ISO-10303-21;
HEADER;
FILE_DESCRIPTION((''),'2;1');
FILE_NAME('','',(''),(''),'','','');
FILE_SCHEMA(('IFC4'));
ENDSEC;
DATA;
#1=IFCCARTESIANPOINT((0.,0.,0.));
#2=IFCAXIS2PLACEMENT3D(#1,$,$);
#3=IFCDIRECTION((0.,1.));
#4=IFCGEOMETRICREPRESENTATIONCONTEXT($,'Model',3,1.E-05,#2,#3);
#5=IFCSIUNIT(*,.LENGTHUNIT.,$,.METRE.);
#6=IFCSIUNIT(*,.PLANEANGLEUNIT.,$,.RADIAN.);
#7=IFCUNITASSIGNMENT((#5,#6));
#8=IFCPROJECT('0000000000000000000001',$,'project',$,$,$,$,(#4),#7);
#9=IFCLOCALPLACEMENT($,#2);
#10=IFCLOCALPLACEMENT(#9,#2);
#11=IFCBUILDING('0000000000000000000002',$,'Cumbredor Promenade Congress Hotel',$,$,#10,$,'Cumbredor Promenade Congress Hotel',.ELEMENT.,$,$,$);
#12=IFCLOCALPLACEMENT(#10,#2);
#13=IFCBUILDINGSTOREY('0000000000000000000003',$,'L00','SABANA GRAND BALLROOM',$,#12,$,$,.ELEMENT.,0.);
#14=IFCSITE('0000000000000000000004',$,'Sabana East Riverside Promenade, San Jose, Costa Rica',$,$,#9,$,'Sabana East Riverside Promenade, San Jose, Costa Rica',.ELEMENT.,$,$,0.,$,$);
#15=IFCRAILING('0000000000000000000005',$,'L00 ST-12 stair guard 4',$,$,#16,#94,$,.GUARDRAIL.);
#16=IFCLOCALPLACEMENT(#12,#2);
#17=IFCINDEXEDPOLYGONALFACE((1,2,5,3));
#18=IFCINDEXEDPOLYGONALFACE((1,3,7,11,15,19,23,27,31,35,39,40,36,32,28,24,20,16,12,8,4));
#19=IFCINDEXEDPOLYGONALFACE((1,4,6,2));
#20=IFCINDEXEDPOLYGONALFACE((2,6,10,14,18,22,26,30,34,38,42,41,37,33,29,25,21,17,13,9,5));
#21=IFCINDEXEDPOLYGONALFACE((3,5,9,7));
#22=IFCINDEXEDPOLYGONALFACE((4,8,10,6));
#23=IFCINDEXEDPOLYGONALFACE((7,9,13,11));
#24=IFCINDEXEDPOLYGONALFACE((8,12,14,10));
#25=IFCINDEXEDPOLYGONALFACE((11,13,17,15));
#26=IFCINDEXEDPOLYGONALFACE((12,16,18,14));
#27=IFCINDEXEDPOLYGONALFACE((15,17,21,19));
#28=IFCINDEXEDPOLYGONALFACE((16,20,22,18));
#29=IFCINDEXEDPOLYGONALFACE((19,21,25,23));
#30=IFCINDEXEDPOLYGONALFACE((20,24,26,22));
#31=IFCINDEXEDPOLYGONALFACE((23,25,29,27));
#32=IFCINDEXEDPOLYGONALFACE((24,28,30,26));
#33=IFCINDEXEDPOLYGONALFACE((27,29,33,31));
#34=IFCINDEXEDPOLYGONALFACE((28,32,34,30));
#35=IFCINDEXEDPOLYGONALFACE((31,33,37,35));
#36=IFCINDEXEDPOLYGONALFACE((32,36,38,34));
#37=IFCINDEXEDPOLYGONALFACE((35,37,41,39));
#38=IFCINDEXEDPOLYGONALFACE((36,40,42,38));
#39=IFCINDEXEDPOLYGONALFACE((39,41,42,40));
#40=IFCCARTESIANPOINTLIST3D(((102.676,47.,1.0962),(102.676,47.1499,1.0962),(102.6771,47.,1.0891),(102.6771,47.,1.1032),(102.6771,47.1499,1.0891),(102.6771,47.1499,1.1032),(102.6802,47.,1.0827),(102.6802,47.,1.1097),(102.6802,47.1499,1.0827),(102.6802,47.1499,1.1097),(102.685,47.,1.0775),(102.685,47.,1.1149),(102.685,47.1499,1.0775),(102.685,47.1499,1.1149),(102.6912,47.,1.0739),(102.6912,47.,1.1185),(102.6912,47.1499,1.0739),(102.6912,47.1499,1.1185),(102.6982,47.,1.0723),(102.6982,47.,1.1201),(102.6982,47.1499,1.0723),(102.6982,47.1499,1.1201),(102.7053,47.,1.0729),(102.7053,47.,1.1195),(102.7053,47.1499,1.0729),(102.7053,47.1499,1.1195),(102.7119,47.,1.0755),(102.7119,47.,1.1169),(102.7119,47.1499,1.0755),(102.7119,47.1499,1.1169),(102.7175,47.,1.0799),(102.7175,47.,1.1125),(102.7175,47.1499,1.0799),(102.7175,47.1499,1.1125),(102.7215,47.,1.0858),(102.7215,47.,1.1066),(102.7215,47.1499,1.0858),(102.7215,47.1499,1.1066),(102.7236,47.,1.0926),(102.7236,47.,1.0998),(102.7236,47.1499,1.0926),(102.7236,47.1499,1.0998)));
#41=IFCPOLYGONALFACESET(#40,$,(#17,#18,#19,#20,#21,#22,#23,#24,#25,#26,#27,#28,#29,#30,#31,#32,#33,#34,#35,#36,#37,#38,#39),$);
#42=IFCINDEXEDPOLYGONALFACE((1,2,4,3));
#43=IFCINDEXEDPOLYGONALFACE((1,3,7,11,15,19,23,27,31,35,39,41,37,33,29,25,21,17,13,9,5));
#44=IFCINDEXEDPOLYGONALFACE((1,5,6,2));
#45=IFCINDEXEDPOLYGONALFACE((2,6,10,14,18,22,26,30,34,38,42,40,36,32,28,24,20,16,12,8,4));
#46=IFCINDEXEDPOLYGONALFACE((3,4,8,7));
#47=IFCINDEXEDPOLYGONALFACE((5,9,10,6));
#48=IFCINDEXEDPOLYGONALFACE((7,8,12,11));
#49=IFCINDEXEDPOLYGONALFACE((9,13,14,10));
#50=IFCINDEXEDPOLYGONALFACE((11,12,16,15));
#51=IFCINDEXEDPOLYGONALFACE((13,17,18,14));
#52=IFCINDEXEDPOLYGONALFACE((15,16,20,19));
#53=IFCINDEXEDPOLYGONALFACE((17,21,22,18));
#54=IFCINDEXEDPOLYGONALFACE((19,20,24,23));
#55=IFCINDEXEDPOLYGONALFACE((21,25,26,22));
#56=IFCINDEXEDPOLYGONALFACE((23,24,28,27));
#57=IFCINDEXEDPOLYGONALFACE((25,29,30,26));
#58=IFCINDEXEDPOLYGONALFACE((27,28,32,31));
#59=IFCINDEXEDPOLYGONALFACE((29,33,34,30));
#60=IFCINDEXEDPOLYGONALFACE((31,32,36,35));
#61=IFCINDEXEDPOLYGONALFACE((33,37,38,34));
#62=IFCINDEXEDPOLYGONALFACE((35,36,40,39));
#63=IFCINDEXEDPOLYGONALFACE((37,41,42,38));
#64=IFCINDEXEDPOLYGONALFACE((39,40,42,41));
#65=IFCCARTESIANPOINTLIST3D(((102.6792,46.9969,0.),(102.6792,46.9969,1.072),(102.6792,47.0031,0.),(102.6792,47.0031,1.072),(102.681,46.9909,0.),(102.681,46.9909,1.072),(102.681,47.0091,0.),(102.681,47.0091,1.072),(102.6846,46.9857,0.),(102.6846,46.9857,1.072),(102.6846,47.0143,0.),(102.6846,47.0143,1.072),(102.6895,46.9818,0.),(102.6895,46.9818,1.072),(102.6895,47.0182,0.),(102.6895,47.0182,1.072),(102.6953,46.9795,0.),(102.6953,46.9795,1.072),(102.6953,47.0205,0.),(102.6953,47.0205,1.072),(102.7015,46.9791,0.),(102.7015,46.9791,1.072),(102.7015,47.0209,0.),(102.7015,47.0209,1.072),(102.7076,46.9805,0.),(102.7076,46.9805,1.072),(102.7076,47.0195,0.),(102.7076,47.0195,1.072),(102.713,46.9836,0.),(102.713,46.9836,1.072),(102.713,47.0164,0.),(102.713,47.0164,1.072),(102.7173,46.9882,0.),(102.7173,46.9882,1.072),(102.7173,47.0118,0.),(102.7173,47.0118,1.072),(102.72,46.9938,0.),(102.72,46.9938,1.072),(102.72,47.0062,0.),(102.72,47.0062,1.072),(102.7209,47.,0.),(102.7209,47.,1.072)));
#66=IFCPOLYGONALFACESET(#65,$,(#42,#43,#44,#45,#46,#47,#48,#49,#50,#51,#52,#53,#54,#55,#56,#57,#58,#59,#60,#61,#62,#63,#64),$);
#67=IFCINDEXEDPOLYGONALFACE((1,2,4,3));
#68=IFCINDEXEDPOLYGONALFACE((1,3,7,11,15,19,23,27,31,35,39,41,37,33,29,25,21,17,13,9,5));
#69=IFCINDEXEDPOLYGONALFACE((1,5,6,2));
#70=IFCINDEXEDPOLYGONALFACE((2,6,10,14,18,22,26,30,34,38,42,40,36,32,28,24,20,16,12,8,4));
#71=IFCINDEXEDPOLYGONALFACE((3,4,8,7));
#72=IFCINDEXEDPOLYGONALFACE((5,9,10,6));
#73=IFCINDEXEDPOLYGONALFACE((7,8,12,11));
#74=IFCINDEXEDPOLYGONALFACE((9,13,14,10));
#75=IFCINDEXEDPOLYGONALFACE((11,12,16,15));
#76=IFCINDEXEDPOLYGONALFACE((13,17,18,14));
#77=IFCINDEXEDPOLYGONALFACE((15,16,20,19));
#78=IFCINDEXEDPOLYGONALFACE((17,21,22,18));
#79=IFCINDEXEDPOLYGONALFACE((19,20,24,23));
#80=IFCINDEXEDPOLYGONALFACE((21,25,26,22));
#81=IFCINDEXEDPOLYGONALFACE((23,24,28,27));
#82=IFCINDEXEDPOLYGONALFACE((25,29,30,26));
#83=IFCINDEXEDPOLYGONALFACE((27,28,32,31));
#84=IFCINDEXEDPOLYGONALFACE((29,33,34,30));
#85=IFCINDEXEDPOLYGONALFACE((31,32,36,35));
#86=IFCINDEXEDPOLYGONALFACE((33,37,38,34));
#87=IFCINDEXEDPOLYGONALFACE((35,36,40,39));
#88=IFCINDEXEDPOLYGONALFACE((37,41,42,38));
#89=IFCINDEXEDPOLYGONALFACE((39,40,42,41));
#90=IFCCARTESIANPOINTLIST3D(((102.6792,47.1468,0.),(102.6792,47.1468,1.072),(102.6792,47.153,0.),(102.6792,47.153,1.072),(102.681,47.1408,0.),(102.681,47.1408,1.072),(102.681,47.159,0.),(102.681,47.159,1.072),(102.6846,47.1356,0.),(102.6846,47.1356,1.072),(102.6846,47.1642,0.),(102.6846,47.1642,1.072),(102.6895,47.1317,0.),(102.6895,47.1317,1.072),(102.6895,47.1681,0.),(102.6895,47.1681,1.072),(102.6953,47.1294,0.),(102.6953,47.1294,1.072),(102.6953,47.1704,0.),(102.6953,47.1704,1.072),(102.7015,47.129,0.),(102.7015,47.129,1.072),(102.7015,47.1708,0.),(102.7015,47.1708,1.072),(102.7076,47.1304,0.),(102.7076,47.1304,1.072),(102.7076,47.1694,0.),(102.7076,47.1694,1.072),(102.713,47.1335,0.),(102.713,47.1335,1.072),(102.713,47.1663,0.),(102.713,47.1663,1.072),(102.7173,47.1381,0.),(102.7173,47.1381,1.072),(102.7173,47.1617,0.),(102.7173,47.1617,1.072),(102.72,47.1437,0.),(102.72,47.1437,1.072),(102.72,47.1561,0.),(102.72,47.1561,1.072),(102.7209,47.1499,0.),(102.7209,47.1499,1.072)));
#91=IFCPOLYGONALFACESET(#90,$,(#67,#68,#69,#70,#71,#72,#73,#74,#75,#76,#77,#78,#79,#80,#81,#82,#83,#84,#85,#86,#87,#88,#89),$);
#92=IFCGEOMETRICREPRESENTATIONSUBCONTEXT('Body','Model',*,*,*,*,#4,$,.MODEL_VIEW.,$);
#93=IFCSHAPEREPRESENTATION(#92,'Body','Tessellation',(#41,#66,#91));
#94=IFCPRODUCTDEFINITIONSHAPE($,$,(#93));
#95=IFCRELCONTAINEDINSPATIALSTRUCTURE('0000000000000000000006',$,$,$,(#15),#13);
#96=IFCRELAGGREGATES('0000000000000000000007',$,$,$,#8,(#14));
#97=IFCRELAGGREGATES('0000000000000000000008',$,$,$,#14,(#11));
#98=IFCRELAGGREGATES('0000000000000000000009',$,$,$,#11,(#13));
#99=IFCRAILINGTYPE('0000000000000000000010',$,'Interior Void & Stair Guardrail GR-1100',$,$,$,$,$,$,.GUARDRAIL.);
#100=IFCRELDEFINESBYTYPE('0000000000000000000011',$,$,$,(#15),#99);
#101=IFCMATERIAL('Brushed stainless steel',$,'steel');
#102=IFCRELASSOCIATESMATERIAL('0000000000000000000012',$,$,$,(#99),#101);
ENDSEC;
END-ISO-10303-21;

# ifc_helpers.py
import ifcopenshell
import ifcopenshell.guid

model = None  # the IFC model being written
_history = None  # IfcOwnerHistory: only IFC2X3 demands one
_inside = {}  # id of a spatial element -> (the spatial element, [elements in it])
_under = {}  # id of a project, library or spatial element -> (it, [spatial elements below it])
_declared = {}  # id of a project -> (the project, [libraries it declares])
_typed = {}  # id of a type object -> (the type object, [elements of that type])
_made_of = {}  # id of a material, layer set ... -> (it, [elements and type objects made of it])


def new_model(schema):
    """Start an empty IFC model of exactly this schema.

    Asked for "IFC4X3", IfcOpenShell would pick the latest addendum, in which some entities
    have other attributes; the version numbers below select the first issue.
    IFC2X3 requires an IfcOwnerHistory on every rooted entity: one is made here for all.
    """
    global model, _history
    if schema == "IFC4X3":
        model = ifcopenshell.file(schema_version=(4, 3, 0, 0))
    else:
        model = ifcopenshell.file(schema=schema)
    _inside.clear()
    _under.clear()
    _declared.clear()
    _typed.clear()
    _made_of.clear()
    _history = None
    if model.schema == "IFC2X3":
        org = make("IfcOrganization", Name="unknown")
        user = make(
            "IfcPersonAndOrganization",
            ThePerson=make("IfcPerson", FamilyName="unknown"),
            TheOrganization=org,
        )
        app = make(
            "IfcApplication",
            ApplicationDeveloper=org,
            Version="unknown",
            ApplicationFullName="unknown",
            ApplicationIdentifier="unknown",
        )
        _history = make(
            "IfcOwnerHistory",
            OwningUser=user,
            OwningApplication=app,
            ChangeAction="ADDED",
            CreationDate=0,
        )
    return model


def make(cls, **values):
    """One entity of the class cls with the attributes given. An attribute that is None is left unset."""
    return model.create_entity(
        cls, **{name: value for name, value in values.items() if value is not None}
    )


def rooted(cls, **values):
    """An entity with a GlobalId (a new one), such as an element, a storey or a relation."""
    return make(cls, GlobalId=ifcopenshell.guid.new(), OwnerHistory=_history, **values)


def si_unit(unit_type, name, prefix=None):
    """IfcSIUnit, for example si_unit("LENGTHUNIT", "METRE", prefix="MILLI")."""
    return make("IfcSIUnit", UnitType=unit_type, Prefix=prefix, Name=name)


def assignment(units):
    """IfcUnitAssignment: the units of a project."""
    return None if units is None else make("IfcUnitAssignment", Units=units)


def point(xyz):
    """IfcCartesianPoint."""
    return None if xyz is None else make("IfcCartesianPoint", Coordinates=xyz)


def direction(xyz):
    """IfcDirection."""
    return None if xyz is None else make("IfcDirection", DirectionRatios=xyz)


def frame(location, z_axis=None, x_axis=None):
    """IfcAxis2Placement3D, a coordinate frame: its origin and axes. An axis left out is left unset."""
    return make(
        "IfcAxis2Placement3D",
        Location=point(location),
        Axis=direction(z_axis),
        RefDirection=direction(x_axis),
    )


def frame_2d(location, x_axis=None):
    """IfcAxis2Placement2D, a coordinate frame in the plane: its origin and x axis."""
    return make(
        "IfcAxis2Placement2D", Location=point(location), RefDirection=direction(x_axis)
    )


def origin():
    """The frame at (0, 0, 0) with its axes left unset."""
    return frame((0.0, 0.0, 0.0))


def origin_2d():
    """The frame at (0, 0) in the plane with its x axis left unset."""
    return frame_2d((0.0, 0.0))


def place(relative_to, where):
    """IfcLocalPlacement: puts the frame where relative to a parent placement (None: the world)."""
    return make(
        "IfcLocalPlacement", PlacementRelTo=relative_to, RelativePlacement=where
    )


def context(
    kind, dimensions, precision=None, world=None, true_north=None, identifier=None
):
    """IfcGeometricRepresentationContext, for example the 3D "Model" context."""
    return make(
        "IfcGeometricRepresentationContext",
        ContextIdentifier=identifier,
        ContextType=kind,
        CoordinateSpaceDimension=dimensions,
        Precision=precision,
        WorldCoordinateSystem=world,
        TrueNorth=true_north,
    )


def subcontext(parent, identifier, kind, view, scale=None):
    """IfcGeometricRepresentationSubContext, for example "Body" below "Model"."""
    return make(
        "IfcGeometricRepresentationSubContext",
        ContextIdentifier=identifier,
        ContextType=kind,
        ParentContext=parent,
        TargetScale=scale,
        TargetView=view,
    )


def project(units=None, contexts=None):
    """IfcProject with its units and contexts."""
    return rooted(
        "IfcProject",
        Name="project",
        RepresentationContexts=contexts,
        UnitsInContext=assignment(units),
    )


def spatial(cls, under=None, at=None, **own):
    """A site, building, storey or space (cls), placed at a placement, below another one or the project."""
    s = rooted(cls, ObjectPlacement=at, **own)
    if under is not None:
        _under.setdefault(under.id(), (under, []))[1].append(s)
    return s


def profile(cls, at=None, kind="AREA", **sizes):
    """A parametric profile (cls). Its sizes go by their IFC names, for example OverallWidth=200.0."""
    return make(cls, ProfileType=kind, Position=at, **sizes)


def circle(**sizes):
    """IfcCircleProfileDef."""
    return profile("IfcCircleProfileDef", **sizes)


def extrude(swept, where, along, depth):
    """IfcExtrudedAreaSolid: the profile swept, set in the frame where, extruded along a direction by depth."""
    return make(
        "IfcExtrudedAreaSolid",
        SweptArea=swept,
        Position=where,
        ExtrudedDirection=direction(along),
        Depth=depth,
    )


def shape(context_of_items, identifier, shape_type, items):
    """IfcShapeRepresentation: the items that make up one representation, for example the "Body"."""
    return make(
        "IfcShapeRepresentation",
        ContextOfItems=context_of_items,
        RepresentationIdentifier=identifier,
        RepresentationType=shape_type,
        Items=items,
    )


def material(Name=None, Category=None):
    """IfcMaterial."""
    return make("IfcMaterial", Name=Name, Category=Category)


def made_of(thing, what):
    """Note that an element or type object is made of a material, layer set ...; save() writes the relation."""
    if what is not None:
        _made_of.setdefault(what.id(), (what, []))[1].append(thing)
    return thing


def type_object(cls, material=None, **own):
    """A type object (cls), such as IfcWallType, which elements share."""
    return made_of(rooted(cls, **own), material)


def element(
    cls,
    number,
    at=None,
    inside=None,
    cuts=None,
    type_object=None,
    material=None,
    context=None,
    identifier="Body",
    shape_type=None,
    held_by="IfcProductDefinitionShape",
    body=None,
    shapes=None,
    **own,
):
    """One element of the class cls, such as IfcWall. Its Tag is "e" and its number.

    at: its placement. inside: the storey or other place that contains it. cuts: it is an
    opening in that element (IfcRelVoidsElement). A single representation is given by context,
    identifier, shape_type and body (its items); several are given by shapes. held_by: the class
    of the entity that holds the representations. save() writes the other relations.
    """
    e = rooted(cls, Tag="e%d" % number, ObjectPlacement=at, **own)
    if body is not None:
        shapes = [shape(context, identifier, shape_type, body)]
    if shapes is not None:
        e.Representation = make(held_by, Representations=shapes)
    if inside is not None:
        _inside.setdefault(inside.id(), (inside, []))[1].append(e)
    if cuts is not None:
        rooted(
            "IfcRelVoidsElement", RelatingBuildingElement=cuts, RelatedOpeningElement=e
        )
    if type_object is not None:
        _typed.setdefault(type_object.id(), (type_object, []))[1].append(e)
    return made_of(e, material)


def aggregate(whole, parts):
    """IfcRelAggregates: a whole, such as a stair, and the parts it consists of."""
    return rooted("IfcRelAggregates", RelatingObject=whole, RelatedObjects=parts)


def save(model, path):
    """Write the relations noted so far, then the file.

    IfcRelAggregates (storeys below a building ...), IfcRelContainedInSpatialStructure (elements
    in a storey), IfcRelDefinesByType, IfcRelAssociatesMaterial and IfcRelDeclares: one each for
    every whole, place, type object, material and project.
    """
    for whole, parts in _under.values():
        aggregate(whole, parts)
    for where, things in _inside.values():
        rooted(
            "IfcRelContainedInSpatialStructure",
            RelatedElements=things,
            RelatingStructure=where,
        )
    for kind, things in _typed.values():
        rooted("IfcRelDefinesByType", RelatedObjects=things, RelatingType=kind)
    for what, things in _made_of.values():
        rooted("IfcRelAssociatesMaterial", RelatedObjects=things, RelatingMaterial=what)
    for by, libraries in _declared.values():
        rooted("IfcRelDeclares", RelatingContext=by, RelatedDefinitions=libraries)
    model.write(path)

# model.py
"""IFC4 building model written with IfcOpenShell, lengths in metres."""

from ifc_helpers import new_model, si_unit, direction, frame, origin, origin_2d, place, context, subcontext, project, spatial, circle, extrude, material, type_object, element, save


model = new_model("IFC4")

# Units and contexts
model_context = context("Model", 3, precision=1e-05, world=origin(), true_north=direction((0.0, 1.0)))
body_context = subcontext(model_context, "Body", "Model", "MODEL_VIEW")
ifc_project = project(units=[si_unit("LENGTHUNIT", "METRE"), si_unit("PLANEANGLEUNIT", "RADIAN")], contexts=[model_context])

# Site, building, storey
site_placement = place(None, origin())
site = spatial("IfcSite", under=ifc_project, at=site_placement, Name="Sabana East Riverside Promenade, San Jose, Costa Rica", LongName="Sabana East Riverside Promenade, San Jose, Costa Rica", CompositionType="ELEMENT", RefElevation=0.0)
building_placement = place(site_placement, origin())
building = spatial("IfcBuilding", under=site, at=building_placement, Name="Cumbredor Promenade Congress Hotel", LongName="Cumbredor Promenade Congress Hotel", CompositionType="ELEMENT")
storey_placement = place(building_placement, origin())
storey = spatial("IfcBuildingStorey", under=building, at=storey_placement, Name="L00", Description="SABANA GRAND BALLROOM", CompositionType="ELEMENT", Elevation=0.0)

# Railing
ifc_material_1 = material(Name="Brushed stainless steel", Category="steel")
railing_type_1 = type_object("IfcRailingType", Name="Interior Void & Stair Guardrail GR-1100", PredefinedType="GUARDRAIL", material=ifc_material_1)
railing_1_placement = place(storey_placement, frame((102.7, 47.0, 0.0)))
element("IfcRailing", 1, at=railing_1_placement, inside=storey, type_object=railing_type_1, Name="L00 ST-12 stair guard 4", PredefinedType="GUARDRAIL", context=body_context, shape_type="SweptSolid", body=[
    extrude(circle(Radius=0.0239, at=origin_2d()), frame((0.0, 0.0, 1.0962), z_axis=(0.0, 1.0, 0.0), x_axis=(-1.0, 0.0, 0.0)), (0.0, 0.0, 1.0), 0.1499),
    extrude(circle(Radius=0.021, at=origin_2d()), origin(), (0.0, 0.0, 1.0), 1.072),
    extrude(circle(Radius=0.021, at=origin_2d()), frame((0.0, 0.1499, 0.0)), (0.0, 0.0, 1.0), 1.072),
])

save(model, "model.ifc")
